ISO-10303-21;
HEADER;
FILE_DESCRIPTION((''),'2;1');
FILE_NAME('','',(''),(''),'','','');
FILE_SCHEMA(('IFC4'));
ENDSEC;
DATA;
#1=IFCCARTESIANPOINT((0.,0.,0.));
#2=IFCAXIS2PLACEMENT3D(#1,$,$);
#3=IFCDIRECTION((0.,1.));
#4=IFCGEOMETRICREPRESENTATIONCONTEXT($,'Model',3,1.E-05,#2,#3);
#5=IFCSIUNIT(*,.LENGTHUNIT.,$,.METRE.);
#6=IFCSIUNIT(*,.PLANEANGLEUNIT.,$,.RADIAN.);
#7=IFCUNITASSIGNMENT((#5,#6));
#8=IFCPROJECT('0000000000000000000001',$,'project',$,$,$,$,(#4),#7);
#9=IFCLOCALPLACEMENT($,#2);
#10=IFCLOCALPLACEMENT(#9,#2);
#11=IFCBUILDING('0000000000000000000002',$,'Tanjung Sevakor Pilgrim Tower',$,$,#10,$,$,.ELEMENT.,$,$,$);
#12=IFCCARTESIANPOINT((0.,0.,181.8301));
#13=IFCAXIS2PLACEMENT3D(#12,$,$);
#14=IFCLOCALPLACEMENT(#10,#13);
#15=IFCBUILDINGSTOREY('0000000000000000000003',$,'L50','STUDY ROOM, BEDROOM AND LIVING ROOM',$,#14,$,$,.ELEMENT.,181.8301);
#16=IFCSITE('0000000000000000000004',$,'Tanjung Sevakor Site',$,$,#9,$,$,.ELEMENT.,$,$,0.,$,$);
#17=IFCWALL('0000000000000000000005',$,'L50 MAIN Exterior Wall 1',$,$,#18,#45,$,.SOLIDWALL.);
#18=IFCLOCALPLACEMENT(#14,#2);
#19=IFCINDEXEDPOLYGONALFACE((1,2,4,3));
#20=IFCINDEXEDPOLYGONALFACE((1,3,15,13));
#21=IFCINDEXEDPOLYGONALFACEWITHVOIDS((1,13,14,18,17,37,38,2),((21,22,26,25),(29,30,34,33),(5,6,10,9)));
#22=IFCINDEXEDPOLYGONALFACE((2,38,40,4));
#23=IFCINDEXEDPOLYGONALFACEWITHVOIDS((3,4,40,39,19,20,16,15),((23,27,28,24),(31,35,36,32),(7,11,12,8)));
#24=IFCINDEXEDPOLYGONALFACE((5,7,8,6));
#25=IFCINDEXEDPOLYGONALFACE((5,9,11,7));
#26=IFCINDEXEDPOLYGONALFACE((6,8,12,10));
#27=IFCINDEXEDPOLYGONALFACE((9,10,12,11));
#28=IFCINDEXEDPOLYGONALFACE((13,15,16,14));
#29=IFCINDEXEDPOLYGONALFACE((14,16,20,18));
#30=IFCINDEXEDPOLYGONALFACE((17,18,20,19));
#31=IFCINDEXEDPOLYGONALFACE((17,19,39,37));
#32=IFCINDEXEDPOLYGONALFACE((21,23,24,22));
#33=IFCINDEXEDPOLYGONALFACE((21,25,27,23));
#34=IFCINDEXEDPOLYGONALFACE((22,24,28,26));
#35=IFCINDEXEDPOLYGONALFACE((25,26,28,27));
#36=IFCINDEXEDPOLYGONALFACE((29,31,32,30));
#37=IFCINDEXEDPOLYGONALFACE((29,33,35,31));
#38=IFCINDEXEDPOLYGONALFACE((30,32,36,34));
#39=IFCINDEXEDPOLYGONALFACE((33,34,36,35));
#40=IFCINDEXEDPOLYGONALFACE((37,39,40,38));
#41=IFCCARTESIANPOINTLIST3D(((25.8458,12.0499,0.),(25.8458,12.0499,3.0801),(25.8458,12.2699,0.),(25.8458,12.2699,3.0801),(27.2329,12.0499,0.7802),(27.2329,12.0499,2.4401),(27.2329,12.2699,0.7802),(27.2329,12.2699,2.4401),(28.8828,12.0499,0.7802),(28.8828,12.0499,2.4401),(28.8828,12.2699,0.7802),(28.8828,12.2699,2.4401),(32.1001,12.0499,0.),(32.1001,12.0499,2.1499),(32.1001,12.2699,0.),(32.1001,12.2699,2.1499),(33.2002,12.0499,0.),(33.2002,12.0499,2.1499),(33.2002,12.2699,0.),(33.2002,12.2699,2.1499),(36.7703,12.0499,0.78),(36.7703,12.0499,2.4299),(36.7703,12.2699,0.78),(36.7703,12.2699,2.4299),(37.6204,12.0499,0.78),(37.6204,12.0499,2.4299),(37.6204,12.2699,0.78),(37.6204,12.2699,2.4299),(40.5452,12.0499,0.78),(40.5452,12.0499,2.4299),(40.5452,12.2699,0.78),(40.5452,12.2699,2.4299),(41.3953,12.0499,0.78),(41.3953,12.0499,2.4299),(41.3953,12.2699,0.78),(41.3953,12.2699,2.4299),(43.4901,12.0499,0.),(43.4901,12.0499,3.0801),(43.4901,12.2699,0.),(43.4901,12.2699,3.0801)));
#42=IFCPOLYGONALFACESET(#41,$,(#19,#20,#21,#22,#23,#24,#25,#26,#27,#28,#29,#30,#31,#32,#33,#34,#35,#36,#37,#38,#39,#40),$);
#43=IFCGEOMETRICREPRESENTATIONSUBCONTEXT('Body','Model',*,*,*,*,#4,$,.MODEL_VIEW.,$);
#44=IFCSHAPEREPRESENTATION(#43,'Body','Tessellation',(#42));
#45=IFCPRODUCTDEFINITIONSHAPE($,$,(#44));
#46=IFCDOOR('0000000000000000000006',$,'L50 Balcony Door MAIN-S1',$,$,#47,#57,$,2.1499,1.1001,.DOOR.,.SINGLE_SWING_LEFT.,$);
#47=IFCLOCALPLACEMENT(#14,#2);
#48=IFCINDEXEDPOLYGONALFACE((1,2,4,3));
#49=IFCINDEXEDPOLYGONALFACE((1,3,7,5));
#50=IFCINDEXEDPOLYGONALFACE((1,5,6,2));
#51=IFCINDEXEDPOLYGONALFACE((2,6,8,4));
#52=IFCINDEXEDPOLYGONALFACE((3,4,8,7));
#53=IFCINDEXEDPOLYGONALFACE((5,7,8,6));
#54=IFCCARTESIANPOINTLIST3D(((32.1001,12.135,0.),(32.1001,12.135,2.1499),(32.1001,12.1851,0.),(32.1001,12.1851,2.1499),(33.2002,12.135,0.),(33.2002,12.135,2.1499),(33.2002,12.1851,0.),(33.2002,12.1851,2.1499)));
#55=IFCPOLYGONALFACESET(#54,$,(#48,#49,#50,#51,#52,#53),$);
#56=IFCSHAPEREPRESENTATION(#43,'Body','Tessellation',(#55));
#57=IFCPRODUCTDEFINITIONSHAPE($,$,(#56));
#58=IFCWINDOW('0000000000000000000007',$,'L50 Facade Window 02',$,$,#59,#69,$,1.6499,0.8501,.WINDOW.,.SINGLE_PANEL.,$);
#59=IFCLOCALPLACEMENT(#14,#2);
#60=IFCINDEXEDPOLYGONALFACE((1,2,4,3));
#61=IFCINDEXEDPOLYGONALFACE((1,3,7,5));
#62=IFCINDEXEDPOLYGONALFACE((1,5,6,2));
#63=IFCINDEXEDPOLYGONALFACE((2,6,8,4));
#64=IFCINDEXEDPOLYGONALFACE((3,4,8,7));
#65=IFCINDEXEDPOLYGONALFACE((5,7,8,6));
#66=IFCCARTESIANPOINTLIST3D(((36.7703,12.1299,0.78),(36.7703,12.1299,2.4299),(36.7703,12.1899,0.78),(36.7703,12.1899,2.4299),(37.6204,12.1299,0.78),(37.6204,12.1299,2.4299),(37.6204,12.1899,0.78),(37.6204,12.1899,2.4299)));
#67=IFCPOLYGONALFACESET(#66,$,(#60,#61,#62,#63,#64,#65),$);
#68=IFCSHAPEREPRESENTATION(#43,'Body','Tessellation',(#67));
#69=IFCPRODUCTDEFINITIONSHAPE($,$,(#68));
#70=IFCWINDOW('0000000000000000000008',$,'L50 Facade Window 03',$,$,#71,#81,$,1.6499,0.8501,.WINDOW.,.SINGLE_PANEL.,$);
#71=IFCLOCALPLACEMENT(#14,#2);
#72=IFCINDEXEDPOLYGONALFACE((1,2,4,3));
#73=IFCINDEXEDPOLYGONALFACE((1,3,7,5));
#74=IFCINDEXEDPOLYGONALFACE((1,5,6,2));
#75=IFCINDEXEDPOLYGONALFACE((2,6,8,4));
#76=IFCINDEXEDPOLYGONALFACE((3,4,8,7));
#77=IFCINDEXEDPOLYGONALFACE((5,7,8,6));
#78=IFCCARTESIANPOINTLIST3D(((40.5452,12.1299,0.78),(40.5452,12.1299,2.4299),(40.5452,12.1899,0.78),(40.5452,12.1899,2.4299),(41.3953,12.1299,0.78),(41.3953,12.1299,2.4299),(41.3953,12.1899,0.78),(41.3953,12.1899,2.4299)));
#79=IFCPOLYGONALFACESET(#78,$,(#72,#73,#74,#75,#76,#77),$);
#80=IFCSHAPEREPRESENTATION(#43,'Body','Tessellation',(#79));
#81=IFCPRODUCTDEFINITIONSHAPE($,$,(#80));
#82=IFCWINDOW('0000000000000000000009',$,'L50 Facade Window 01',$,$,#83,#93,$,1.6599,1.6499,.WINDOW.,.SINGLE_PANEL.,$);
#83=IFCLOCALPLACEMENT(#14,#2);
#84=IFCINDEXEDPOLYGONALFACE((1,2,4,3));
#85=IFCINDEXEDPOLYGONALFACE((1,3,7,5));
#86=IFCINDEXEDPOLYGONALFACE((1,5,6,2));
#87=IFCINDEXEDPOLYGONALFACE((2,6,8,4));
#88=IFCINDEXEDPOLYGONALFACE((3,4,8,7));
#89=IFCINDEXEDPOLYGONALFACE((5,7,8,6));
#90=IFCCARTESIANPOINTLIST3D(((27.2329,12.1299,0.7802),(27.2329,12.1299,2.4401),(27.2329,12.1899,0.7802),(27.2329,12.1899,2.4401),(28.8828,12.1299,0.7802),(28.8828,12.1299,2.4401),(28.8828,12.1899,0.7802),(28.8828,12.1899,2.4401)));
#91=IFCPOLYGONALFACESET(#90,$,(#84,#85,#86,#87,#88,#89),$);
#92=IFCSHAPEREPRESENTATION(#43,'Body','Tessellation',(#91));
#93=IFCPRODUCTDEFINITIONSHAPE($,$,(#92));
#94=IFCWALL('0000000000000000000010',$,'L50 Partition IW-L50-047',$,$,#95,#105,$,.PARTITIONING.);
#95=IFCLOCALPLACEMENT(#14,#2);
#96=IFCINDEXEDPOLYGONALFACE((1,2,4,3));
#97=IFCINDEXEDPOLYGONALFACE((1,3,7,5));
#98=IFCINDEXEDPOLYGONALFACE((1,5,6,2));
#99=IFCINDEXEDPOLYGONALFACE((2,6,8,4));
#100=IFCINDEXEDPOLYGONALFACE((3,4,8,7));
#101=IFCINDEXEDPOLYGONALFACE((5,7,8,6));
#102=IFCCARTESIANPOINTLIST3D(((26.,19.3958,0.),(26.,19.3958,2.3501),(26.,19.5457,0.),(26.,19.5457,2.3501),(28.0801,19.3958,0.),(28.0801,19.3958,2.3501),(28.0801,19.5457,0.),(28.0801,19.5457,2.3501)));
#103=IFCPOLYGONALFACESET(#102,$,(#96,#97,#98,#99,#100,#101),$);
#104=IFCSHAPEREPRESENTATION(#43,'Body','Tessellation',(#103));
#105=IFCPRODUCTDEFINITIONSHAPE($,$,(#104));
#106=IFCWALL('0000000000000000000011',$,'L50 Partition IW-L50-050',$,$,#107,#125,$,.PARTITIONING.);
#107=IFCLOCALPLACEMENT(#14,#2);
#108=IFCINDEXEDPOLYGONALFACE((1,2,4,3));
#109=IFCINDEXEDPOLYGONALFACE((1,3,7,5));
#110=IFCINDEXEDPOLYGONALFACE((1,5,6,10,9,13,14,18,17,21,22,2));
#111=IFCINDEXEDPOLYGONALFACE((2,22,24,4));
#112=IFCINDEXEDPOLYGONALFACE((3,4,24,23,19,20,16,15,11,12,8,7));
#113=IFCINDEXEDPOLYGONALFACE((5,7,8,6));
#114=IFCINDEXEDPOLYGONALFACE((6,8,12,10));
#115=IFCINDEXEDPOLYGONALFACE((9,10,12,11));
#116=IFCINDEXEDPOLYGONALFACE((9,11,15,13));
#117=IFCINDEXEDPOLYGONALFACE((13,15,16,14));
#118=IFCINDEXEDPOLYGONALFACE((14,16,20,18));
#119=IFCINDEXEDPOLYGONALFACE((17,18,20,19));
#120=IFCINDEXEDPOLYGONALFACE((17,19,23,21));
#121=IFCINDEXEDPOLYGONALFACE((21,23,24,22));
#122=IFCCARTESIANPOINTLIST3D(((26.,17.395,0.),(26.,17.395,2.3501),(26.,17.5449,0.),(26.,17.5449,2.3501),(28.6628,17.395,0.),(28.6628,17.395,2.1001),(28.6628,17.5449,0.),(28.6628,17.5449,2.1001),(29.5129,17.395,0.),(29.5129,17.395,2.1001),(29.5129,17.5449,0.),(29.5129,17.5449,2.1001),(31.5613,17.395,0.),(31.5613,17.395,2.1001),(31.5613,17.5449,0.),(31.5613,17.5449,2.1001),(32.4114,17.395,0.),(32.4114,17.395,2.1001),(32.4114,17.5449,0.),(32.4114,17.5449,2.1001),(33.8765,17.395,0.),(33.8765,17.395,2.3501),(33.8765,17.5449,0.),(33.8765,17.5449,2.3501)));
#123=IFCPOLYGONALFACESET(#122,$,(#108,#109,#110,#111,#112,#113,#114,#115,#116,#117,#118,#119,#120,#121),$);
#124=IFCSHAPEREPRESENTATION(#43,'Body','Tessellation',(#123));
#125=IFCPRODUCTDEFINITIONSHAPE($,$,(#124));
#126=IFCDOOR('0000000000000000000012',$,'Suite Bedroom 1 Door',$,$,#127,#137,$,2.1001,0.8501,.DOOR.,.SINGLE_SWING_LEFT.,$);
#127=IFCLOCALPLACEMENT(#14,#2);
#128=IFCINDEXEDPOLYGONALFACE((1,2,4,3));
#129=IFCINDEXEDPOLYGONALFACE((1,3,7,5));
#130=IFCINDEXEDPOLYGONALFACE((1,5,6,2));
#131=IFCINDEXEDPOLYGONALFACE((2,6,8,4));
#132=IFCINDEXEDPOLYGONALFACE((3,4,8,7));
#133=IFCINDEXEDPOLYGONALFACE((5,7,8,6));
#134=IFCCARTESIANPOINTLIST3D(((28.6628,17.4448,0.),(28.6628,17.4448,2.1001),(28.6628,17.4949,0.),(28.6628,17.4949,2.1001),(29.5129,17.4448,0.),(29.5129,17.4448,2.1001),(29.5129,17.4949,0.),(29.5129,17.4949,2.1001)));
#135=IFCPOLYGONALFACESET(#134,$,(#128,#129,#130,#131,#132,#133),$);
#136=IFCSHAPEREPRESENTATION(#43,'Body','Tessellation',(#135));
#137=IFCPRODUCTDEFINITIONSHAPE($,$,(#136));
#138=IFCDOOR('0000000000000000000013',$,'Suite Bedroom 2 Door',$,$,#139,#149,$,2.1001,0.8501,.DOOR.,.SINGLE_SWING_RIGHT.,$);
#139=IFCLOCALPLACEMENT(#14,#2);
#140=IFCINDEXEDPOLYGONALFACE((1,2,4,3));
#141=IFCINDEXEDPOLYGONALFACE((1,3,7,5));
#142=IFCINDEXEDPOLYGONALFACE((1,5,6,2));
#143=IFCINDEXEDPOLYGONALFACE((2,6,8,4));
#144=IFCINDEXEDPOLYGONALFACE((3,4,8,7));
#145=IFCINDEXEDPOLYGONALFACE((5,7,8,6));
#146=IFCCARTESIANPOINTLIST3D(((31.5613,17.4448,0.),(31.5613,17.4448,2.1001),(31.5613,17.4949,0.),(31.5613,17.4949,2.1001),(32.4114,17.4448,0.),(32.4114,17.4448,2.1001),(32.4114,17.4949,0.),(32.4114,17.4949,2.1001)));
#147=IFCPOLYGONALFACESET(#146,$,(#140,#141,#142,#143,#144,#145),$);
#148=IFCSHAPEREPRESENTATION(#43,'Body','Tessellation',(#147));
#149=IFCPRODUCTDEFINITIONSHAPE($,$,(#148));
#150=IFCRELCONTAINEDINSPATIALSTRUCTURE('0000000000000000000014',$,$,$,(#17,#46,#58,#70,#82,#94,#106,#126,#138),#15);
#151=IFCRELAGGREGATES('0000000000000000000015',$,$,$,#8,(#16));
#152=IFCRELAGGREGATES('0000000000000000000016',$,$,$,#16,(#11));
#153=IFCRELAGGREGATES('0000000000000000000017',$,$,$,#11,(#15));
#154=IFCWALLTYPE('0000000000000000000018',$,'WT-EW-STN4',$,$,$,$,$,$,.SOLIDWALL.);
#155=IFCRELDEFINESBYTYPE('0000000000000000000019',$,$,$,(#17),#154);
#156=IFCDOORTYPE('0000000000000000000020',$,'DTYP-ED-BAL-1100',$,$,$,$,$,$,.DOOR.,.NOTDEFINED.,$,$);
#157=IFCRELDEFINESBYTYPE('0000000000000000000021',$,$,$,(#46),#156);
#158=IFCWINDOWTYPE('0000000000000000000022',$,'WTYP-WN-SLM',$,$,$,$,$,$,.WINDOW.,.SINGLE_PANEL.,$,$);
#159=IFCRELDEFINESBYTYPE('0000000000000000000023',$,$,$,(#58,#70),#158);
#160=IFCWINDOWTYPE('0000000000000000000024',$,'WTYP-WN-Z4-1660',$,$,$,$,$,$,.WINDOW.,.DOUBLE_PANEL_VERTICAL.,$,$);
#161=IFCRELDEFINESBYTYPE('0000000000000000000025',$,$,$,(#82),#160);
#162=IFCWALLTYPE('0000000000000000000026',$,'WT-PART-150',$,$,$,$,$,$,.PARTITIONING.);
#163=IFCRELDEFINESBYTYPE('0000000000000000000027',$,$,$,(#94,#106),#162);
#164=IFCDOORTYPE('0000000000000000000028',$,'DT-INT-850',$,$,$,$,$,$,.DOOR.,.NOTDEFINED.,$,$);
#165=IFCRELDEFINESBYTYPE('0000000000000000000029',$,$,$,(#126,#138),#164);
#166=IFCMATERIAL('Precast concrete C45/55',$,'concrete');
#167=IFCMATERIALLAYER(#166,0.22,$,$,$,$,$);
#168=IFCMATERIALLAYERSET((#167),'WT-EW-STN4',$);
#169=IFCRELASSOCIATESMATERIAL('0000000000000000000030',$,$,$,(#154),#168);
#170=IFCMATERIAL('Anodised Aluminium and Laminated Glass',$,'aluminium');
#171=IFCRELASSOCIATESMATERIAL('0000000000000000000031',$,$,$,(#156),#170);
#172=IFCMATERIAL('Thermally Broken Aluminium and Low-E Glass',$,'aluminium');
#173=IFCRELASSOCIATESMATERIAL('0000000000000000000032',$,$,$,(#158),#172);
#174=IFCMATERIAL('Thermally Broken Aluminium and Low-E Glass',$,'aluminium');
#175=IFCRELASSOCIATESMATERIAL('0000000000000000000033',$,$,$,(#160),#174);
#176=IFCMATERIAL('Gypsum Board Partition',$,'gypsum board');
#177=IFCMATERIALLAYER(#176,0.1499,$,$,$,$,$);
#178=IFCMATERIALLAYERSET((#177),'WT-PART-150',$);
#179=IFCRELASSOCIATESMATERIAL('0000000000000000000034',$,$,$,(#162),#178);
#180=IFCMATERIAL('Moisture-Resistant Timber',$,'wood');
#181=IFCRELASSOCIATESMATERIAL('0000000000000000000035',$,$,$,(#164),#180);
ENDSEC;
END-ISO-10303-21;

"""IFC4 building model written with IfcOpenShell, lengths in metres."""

from ifc_helpers import new_model, si_unit, direction, frame, frame_2d, origin, place, context, subcontext, project, spatial, rectangle, extrude, material, layer, layer_set, type_object, element, fill, save


model = new_model("IFC4")

# Units and contexts
model_context = context("Model", 3, precision=1e-05, world=origin(), true_north=direction((0.0, 1.0)))
body_context = subcontext(model_context, "Body", "Model", "MODEL_VIEW")
ifc_project = project(units=[si_unit("LENGTHUNIT", "METRE"), si_unit("PLANEANGLEUNIT", "RADIAN")], contexts=[model_context])

# Site, building, storey
site_placement = place(None, origin())
site = spatial("IfcSite", under=ifc_project, at=site_placement, Name="Tanjung Sevakor Site", CompositionType="ELEMENT", RefElevation=0.0)
building_placement = place(site_placement, origin())
building = spatial("IfcBuilding", under=site, at=building_placement, Name="Tanjung Sevakor Pilgrim Tower", CompositionType="ELEMENT")
storey_placement = place(building_placement, frame((0.0, 0.0, 181.8301)))
storey = spatial("IfcBuildingStorey", under=building, at=storey_placement, Name="L50", Description="STUDY ROOM, BEDROOM AND LIVING ROOM", CompositionType="ELEMENT", Elevation=181.8301)

# Wall, openings, door, windows
ifc_material_1 = material(Name="Precast concrete C45/55", Category="concrete")
ifc_layer_1 = layer(ifc_material_1, 0.22)
ifc_layer_set_1 = layer_set([ifc_layer_1], Name="WT-EW-STN4")
wall_type_1 = type_object("IfcWallType", Name="WT-EW-STN4", PredefinedType="SOLIDWALL", material=ifc_layer_set_1)
wall_1_placement = place(storey_placement, frame((25.8457, 12.1599, 0.0), z_axis=(0.0, 0.0, 1.0), x_axis=(1.0, 0.0, 0.0)))
wall_1 = element("IfcWall", 1, at=wall_1_placement, inside=storey, type_object=wall_type_1, Name="L50 MAIN Exterior Wall 1", PredefinedType="SOLIDWALL", context=body_context, shape_type="SweptSolid", body=[
    extrude(rectangle(XDim=17.6443, YDim=0.22, at=frame_2d((8.8223, 0.0))), origin(), (0.0, 0.0, 1.0), 3.0801),
])
opening_1_placement = place(wall_1_placement, frame((6.2544, 0.0, 0.0)))
opening_1 = element("IfcOpeningElement", 2, at=opening_1_placement, cuts=wall_1, PredefinedType="OPENING", context=body_context, shape_type="SweptSolid", body=[
    extrude(rectangle(XDim=1.1001, YDim=2.1499, at=frame_2d((0.55, 1.075))), frame((0.0, 0.1199, 0.0), z_axis=(0.0, -1.0, 0.0), x_axis=(1.0, 0.0, 0.0)), (0.0, 0.0, 1.0), 0.24),
])
opening_2_placement = place(wall_1_placement, frame((1.3872, 0.0, 0.78)))
opening_2 = element("IfcOpeningElement", 3, at=opening_2_placement, cuts=wall_1, PredefinedType="OPENING", context=body_context, shape_type="SweptSolid", body=[
    extrude(rectangle(XDim=1.6499, YDim=1.6599, at=frame_2d((0.825, 0.8301))), frame((0.0, 0.1199, 0.0), z_axis=(0.0, -1.0, 0.0), x_axis=(1.0, 0.0, 0.0)), (0.0, 0.0, 1.0), 0.24),
])
opening_3_placement = place(wall_1_placement, frame((10.9246, 0.0, 0.78)))
opening_3 = element("IfcOpeningElement", 4, at=opening_3_placement, cuts=wall_1, PredefinedType="OPENING", context=body_context, shape_type="SweptSolid", body=[
    extrude(rectangle(XDim=0.8501, YDim=1.6499, at=frame_2d((0.425, 0.825))), frame((0.0, 0.1199, 0.0), z_axis=(0.0, -1.0, 0.0), x_axis=(1.0, 0.0, 0.0)), (0.0, 0.0, 1.0), 0.24),
])
opening_4_placement = place(wall_1_placement, frame((14.6995, 0.0, 0.78)))
opening_4 = element("IfcOpeningElement", 5, at=opening_4_placement, cuts=wall_1, PredefinedType="OPENING", context=body_context, shape_type="SweptSolid", body=[
    extrude(rectangle(XDim=0.8501, YDim=1.6499, at=frame_2d((0.425, 0.825))), frame((0.0, 0.1199, 0.0), z_axis=(0.0, -1.0, 0.0), x_axis=(1.0, 0.0, 0.0)), (0.0, 0.0, 1.0), 0.24),
])
ifc_material_2 = material(Name="Anodised Aluminium and Laminated Glass", Category="aluminium")
door_type_1 = type_object("IfcDoorType", Name="DTYP-ED-BAL-1100", OperationType="NOTDEFINED", PredefinedType="DOOR", material=ifc_material_2)
door_1_placement = place(opening_1_placement, frame((1.1001, 0.0, 0.0), z_axis=(0.0, 0.0, 1.0), x_axis=(-1.0, 0.0, 0.0)))
door_1 = element("IfcDoor", 6, at=door_1_placement, inside=storey, type_object=door_type_1, Name="L50 Balcony Door MAIN-S1", OperationType="SINGLE_SWING_LEFT", OverallHeight=2.1499, OverallWidth=1.1001, PredefinedType="DOOR", context=body_context, shape_type="SweptSolid", body=[
    extrude(rectangle(XDim=1.1001, YDim=2.1499, at=frame_2d((0.55, 1.075))), frame((0.0, 0.0249, 0.0), z_axis=(0.0, -1.0, 0.0), x_axis=(1.0, 0.0, 0.0)), (0.0, 0.0, 1.0), 0.05),
])
fill(opening_1, door_1)
ifc_material_3 = material(Name="Thermally Broken Aluminium and Low-E Glass", Category="aluminium")
window_type_1 = type_object("IfcWindowType", Name="WTYP-WN-SLM", PartitioningType="SINGLE_PANEL", PredefinedType="WINDOW", material=ifc_material_3)
window_1_placement = place(opening_3_placement, origin())
window_1 = element("IfcWindow", 7, at=window_1_placement, inside=storey, type_object=window_type_1, Name="L50 Facade Window 02", OverallHeight=1.6499, OverallWidth=0.8501, PartitioningType="SINGLE_PANEL", PredefinedType="WINDOW", context=body_context, shape_type="SweptSolid", body=[
    extrude(rectangle(XDim=0.8501, YDim=1.6499, at=frame_2d((0.425, 0.825))), frame((0.0, 0.03, 0.0), z_axis=(0.0, -1.0, 0.0), x_axis=(1.0, 0.0, 0.0)), (0.0, 0.0, 1.0), 0.0601),
])
fill(opening_3, window_1)
window_2_placement = place(opening_4_placement, origin())
window_2 = element("IfcWindow", 8, at=window_2_placement, inside=storey, type_object=window_type_1, Name="L50 Facade Window 03", OverallHeight=1.6499, OverallWidth=0.8501, PartitioningType="SINGLE_PANEL", PredefinedType="WINDOW", context=body_context, shape_type="SweptSolid", body=[
    extrude(rectangle(XDim=0.8501, YDim=1.6499, at=frame_2d((0.425, 0.825))), frame((0.0, 0.03, 0.0), z_axis=(0.0, -1.0, 0.0), x_axis=(1.0, 0.0, 0.0)), (0.0, 0.0, 1.0), 0.0601),
])
fill(opening_4, window_2)
ifc_material_4 = material(Name="Thermally Broken Aluminium and Low-E Glass", Category="aluminium")
window_type_2 = type_object("IfcWindowType", Name="WTYP-WN-Z4-1660", PartitioningType="DOUBLE_PANEL_VERTICAL", PredefinedType="WINDOW", material=ifc_material_4)
window_3_placement = place(opening_2_placement, origin())
window_3 = element("IfcWindow", 9, at=window_3_placement, inside=storey, type_object=window_type_2, Name="L50 Facade Window 01", OverallHeight=1.6599, OverallWidth=1.6499, PartitioningType="SINGLE_PANEL", PredefinedType="WINDOW", context=body_context, shape_type="SweptSolid", body=[
    extrude(rectangle(XDim=1.6499, YDim=1.6599, at=frame_2d((0.825, 0.8301))), frame((0.0, 0.03, 0.0), z_axis=(0.0, -1.0, 0.0), x_axis=(1.0, 0.0, 0.0)), (0.0, 0.0, 1.0), 0.0601),
])
fill(opening_2, window_3)

# Wall
ifc_material_5 = material(Name="Gypsum Board Partition", Category="gypsum board")
ifc_layer_2 = layer(ifc_material_5, 0.1499)
ifc_layer_set_2 = layer_set([ifc_layer_2], Name="WT-PART-150")
wall_type_2 = type_object("IfcWallType", Name="WT-PART-150", PredefinedType="PARTITIONING", material=ifc_layer_set_2)
wall_2_placement = place(storey_placement, frame((26.0, 19.4707, 0.0), z_axis=(0.0, 0.0, 1.0), x_axis=(1.0, 0.0, 0.0)))
element("IfcWall", 10, at=wall_2_placement, inside=storey, type_object=wall_type_2, Name="L50 Partition IW-L50-047", PredefinedType="PARTITIONING", context=body_context, shape_type="SweptSolid", body=[
    extrude(rectangle(XDim=2.0801, YDim=0.1499, at=frame_2d((1.04, 0.0))), origin(), (0.0, 0.0, 1.0), 2.3501),
])

# Wall, openings, doors
wall_3_placement = place(storey_placement, frame((26.0, 17.47, 0.0), z_axis=(0.0, 0.0, 1.0), x_axis=(1.0, 0.0, 0.0)))
wall_3 = element("IfcWall", 11, at=wall_3_placement, inside=storey, type_object=wall_type_2, Name="L50 Partition IW-L50-050", PredefinedType="PARTITIONING", context=body_context, shape_type="SweptSolid", body=[
    extrude(rectangle(XDim=7.8765, YDim=0.1499, at=frame_2d((3.9382, 0.0))), origin(), (0.0, 0.0, 1.0), 2.3501),
])
opening_5_placement = place(wall_3_placement, frame((2.6628, 0.0, 0.0)))
opening_5 = element("IfcOpeningElement", 12, at=opening_5_placement, cuts=wall_3, PredefinedType="OPENING", context=body_context, shape_type="SweptSolid", body=[
    extrude(rectangle(XDim=0.8501, YDim=2.1001, at=frame_2d((0.425, 1.05))), frame((0.0, 0.085, 0.0), z_axis=(0.0, -1.0, 0.0), x_axis=(1.0, 0.0, 0.0)), (0.0, 0.0, 1.0), 0.1699),
])
opening_6_placement = place(wall_3_placement, frame((5.5613, 0.0, 0.0)))
opening_6 = element("IfcOpeningElement", 13, at=opening_6_placement, cuts=wall_3, PredefinedType="OPENING", context=body_context, shape_type="SweptSolid", body=[
    extrude(rectangle(XDim=0.8501, YDim=2.1001, at=frame_2d((0.425, 1.05))), frame((0.0, 0.085, 0.0), z_axis=(0.0, -1.0, 0.0), x_axis=(1.0, 0.0, 0.0)), (0.0, 0.0, 1.0), 0.1699),
])
ifc_material_6 = material(Name="Moisture-Resistant Timber", Category="wood")
door_type_2 = type_object("IfcDoorType", Name="DT-INT-850", OperationType="NOTDEFINED", PredefinedType="DOOR", material=ifc_material_6)
door_2_placement = place(opening_5_placement, origin())
door_2 = element("IfcDoor", 14, at=door_2_placement, inside=storey, type_object=door_type_2, Name="Suite Bedroom 1 Door", OperationType="SINGLE_SWING_LEFT", OverallHeight=2.1001, OverallWidth=0.8501, PredefinedType="DOOR", context=body_context, shape_type="SweptSolid", body=[
    extrude(rectangle(XDim=0.8501, YDim=2.1001, at=frame_2d((0.425, 1.05))), frame((0.0, 0.0249, 0.0), z_axis=(0.0, -1.0, 0.0), x_axis=(1.0, 0.0, 0.0)), (0.0, 0.0, 1.0), 0.05),
])
fill(opening_5, door_2)
door_3_placement = place(opening_6_placement, origin())
door_3 = element("IfcDoor", 15, at=door_3_placement, inside=storey, type_object=door_type_2, Name="Suite Bedroom 2 Door", OperationType="SINGLE_SWING_RIGHT", OverallHeight=2.1001, OverallWidth=0.8501, PredefinedType="DOOR", context=body_context, shape_type="SweptSolid", body=[
    extrude(rectangle(XDim=0.8501, YDim=2.1001, at=frame_2d((0.425, 1.05))), frame((0.0, 0.0249, 0.0), z_axis=(0.0, -1.0, 0.0), x_axis=(1.0, 0.0, 0.0)), (0.0, 0.0, 1.0), 0.05),
])
fill(opening_6, door_3)

save(model, "model.ifc")
